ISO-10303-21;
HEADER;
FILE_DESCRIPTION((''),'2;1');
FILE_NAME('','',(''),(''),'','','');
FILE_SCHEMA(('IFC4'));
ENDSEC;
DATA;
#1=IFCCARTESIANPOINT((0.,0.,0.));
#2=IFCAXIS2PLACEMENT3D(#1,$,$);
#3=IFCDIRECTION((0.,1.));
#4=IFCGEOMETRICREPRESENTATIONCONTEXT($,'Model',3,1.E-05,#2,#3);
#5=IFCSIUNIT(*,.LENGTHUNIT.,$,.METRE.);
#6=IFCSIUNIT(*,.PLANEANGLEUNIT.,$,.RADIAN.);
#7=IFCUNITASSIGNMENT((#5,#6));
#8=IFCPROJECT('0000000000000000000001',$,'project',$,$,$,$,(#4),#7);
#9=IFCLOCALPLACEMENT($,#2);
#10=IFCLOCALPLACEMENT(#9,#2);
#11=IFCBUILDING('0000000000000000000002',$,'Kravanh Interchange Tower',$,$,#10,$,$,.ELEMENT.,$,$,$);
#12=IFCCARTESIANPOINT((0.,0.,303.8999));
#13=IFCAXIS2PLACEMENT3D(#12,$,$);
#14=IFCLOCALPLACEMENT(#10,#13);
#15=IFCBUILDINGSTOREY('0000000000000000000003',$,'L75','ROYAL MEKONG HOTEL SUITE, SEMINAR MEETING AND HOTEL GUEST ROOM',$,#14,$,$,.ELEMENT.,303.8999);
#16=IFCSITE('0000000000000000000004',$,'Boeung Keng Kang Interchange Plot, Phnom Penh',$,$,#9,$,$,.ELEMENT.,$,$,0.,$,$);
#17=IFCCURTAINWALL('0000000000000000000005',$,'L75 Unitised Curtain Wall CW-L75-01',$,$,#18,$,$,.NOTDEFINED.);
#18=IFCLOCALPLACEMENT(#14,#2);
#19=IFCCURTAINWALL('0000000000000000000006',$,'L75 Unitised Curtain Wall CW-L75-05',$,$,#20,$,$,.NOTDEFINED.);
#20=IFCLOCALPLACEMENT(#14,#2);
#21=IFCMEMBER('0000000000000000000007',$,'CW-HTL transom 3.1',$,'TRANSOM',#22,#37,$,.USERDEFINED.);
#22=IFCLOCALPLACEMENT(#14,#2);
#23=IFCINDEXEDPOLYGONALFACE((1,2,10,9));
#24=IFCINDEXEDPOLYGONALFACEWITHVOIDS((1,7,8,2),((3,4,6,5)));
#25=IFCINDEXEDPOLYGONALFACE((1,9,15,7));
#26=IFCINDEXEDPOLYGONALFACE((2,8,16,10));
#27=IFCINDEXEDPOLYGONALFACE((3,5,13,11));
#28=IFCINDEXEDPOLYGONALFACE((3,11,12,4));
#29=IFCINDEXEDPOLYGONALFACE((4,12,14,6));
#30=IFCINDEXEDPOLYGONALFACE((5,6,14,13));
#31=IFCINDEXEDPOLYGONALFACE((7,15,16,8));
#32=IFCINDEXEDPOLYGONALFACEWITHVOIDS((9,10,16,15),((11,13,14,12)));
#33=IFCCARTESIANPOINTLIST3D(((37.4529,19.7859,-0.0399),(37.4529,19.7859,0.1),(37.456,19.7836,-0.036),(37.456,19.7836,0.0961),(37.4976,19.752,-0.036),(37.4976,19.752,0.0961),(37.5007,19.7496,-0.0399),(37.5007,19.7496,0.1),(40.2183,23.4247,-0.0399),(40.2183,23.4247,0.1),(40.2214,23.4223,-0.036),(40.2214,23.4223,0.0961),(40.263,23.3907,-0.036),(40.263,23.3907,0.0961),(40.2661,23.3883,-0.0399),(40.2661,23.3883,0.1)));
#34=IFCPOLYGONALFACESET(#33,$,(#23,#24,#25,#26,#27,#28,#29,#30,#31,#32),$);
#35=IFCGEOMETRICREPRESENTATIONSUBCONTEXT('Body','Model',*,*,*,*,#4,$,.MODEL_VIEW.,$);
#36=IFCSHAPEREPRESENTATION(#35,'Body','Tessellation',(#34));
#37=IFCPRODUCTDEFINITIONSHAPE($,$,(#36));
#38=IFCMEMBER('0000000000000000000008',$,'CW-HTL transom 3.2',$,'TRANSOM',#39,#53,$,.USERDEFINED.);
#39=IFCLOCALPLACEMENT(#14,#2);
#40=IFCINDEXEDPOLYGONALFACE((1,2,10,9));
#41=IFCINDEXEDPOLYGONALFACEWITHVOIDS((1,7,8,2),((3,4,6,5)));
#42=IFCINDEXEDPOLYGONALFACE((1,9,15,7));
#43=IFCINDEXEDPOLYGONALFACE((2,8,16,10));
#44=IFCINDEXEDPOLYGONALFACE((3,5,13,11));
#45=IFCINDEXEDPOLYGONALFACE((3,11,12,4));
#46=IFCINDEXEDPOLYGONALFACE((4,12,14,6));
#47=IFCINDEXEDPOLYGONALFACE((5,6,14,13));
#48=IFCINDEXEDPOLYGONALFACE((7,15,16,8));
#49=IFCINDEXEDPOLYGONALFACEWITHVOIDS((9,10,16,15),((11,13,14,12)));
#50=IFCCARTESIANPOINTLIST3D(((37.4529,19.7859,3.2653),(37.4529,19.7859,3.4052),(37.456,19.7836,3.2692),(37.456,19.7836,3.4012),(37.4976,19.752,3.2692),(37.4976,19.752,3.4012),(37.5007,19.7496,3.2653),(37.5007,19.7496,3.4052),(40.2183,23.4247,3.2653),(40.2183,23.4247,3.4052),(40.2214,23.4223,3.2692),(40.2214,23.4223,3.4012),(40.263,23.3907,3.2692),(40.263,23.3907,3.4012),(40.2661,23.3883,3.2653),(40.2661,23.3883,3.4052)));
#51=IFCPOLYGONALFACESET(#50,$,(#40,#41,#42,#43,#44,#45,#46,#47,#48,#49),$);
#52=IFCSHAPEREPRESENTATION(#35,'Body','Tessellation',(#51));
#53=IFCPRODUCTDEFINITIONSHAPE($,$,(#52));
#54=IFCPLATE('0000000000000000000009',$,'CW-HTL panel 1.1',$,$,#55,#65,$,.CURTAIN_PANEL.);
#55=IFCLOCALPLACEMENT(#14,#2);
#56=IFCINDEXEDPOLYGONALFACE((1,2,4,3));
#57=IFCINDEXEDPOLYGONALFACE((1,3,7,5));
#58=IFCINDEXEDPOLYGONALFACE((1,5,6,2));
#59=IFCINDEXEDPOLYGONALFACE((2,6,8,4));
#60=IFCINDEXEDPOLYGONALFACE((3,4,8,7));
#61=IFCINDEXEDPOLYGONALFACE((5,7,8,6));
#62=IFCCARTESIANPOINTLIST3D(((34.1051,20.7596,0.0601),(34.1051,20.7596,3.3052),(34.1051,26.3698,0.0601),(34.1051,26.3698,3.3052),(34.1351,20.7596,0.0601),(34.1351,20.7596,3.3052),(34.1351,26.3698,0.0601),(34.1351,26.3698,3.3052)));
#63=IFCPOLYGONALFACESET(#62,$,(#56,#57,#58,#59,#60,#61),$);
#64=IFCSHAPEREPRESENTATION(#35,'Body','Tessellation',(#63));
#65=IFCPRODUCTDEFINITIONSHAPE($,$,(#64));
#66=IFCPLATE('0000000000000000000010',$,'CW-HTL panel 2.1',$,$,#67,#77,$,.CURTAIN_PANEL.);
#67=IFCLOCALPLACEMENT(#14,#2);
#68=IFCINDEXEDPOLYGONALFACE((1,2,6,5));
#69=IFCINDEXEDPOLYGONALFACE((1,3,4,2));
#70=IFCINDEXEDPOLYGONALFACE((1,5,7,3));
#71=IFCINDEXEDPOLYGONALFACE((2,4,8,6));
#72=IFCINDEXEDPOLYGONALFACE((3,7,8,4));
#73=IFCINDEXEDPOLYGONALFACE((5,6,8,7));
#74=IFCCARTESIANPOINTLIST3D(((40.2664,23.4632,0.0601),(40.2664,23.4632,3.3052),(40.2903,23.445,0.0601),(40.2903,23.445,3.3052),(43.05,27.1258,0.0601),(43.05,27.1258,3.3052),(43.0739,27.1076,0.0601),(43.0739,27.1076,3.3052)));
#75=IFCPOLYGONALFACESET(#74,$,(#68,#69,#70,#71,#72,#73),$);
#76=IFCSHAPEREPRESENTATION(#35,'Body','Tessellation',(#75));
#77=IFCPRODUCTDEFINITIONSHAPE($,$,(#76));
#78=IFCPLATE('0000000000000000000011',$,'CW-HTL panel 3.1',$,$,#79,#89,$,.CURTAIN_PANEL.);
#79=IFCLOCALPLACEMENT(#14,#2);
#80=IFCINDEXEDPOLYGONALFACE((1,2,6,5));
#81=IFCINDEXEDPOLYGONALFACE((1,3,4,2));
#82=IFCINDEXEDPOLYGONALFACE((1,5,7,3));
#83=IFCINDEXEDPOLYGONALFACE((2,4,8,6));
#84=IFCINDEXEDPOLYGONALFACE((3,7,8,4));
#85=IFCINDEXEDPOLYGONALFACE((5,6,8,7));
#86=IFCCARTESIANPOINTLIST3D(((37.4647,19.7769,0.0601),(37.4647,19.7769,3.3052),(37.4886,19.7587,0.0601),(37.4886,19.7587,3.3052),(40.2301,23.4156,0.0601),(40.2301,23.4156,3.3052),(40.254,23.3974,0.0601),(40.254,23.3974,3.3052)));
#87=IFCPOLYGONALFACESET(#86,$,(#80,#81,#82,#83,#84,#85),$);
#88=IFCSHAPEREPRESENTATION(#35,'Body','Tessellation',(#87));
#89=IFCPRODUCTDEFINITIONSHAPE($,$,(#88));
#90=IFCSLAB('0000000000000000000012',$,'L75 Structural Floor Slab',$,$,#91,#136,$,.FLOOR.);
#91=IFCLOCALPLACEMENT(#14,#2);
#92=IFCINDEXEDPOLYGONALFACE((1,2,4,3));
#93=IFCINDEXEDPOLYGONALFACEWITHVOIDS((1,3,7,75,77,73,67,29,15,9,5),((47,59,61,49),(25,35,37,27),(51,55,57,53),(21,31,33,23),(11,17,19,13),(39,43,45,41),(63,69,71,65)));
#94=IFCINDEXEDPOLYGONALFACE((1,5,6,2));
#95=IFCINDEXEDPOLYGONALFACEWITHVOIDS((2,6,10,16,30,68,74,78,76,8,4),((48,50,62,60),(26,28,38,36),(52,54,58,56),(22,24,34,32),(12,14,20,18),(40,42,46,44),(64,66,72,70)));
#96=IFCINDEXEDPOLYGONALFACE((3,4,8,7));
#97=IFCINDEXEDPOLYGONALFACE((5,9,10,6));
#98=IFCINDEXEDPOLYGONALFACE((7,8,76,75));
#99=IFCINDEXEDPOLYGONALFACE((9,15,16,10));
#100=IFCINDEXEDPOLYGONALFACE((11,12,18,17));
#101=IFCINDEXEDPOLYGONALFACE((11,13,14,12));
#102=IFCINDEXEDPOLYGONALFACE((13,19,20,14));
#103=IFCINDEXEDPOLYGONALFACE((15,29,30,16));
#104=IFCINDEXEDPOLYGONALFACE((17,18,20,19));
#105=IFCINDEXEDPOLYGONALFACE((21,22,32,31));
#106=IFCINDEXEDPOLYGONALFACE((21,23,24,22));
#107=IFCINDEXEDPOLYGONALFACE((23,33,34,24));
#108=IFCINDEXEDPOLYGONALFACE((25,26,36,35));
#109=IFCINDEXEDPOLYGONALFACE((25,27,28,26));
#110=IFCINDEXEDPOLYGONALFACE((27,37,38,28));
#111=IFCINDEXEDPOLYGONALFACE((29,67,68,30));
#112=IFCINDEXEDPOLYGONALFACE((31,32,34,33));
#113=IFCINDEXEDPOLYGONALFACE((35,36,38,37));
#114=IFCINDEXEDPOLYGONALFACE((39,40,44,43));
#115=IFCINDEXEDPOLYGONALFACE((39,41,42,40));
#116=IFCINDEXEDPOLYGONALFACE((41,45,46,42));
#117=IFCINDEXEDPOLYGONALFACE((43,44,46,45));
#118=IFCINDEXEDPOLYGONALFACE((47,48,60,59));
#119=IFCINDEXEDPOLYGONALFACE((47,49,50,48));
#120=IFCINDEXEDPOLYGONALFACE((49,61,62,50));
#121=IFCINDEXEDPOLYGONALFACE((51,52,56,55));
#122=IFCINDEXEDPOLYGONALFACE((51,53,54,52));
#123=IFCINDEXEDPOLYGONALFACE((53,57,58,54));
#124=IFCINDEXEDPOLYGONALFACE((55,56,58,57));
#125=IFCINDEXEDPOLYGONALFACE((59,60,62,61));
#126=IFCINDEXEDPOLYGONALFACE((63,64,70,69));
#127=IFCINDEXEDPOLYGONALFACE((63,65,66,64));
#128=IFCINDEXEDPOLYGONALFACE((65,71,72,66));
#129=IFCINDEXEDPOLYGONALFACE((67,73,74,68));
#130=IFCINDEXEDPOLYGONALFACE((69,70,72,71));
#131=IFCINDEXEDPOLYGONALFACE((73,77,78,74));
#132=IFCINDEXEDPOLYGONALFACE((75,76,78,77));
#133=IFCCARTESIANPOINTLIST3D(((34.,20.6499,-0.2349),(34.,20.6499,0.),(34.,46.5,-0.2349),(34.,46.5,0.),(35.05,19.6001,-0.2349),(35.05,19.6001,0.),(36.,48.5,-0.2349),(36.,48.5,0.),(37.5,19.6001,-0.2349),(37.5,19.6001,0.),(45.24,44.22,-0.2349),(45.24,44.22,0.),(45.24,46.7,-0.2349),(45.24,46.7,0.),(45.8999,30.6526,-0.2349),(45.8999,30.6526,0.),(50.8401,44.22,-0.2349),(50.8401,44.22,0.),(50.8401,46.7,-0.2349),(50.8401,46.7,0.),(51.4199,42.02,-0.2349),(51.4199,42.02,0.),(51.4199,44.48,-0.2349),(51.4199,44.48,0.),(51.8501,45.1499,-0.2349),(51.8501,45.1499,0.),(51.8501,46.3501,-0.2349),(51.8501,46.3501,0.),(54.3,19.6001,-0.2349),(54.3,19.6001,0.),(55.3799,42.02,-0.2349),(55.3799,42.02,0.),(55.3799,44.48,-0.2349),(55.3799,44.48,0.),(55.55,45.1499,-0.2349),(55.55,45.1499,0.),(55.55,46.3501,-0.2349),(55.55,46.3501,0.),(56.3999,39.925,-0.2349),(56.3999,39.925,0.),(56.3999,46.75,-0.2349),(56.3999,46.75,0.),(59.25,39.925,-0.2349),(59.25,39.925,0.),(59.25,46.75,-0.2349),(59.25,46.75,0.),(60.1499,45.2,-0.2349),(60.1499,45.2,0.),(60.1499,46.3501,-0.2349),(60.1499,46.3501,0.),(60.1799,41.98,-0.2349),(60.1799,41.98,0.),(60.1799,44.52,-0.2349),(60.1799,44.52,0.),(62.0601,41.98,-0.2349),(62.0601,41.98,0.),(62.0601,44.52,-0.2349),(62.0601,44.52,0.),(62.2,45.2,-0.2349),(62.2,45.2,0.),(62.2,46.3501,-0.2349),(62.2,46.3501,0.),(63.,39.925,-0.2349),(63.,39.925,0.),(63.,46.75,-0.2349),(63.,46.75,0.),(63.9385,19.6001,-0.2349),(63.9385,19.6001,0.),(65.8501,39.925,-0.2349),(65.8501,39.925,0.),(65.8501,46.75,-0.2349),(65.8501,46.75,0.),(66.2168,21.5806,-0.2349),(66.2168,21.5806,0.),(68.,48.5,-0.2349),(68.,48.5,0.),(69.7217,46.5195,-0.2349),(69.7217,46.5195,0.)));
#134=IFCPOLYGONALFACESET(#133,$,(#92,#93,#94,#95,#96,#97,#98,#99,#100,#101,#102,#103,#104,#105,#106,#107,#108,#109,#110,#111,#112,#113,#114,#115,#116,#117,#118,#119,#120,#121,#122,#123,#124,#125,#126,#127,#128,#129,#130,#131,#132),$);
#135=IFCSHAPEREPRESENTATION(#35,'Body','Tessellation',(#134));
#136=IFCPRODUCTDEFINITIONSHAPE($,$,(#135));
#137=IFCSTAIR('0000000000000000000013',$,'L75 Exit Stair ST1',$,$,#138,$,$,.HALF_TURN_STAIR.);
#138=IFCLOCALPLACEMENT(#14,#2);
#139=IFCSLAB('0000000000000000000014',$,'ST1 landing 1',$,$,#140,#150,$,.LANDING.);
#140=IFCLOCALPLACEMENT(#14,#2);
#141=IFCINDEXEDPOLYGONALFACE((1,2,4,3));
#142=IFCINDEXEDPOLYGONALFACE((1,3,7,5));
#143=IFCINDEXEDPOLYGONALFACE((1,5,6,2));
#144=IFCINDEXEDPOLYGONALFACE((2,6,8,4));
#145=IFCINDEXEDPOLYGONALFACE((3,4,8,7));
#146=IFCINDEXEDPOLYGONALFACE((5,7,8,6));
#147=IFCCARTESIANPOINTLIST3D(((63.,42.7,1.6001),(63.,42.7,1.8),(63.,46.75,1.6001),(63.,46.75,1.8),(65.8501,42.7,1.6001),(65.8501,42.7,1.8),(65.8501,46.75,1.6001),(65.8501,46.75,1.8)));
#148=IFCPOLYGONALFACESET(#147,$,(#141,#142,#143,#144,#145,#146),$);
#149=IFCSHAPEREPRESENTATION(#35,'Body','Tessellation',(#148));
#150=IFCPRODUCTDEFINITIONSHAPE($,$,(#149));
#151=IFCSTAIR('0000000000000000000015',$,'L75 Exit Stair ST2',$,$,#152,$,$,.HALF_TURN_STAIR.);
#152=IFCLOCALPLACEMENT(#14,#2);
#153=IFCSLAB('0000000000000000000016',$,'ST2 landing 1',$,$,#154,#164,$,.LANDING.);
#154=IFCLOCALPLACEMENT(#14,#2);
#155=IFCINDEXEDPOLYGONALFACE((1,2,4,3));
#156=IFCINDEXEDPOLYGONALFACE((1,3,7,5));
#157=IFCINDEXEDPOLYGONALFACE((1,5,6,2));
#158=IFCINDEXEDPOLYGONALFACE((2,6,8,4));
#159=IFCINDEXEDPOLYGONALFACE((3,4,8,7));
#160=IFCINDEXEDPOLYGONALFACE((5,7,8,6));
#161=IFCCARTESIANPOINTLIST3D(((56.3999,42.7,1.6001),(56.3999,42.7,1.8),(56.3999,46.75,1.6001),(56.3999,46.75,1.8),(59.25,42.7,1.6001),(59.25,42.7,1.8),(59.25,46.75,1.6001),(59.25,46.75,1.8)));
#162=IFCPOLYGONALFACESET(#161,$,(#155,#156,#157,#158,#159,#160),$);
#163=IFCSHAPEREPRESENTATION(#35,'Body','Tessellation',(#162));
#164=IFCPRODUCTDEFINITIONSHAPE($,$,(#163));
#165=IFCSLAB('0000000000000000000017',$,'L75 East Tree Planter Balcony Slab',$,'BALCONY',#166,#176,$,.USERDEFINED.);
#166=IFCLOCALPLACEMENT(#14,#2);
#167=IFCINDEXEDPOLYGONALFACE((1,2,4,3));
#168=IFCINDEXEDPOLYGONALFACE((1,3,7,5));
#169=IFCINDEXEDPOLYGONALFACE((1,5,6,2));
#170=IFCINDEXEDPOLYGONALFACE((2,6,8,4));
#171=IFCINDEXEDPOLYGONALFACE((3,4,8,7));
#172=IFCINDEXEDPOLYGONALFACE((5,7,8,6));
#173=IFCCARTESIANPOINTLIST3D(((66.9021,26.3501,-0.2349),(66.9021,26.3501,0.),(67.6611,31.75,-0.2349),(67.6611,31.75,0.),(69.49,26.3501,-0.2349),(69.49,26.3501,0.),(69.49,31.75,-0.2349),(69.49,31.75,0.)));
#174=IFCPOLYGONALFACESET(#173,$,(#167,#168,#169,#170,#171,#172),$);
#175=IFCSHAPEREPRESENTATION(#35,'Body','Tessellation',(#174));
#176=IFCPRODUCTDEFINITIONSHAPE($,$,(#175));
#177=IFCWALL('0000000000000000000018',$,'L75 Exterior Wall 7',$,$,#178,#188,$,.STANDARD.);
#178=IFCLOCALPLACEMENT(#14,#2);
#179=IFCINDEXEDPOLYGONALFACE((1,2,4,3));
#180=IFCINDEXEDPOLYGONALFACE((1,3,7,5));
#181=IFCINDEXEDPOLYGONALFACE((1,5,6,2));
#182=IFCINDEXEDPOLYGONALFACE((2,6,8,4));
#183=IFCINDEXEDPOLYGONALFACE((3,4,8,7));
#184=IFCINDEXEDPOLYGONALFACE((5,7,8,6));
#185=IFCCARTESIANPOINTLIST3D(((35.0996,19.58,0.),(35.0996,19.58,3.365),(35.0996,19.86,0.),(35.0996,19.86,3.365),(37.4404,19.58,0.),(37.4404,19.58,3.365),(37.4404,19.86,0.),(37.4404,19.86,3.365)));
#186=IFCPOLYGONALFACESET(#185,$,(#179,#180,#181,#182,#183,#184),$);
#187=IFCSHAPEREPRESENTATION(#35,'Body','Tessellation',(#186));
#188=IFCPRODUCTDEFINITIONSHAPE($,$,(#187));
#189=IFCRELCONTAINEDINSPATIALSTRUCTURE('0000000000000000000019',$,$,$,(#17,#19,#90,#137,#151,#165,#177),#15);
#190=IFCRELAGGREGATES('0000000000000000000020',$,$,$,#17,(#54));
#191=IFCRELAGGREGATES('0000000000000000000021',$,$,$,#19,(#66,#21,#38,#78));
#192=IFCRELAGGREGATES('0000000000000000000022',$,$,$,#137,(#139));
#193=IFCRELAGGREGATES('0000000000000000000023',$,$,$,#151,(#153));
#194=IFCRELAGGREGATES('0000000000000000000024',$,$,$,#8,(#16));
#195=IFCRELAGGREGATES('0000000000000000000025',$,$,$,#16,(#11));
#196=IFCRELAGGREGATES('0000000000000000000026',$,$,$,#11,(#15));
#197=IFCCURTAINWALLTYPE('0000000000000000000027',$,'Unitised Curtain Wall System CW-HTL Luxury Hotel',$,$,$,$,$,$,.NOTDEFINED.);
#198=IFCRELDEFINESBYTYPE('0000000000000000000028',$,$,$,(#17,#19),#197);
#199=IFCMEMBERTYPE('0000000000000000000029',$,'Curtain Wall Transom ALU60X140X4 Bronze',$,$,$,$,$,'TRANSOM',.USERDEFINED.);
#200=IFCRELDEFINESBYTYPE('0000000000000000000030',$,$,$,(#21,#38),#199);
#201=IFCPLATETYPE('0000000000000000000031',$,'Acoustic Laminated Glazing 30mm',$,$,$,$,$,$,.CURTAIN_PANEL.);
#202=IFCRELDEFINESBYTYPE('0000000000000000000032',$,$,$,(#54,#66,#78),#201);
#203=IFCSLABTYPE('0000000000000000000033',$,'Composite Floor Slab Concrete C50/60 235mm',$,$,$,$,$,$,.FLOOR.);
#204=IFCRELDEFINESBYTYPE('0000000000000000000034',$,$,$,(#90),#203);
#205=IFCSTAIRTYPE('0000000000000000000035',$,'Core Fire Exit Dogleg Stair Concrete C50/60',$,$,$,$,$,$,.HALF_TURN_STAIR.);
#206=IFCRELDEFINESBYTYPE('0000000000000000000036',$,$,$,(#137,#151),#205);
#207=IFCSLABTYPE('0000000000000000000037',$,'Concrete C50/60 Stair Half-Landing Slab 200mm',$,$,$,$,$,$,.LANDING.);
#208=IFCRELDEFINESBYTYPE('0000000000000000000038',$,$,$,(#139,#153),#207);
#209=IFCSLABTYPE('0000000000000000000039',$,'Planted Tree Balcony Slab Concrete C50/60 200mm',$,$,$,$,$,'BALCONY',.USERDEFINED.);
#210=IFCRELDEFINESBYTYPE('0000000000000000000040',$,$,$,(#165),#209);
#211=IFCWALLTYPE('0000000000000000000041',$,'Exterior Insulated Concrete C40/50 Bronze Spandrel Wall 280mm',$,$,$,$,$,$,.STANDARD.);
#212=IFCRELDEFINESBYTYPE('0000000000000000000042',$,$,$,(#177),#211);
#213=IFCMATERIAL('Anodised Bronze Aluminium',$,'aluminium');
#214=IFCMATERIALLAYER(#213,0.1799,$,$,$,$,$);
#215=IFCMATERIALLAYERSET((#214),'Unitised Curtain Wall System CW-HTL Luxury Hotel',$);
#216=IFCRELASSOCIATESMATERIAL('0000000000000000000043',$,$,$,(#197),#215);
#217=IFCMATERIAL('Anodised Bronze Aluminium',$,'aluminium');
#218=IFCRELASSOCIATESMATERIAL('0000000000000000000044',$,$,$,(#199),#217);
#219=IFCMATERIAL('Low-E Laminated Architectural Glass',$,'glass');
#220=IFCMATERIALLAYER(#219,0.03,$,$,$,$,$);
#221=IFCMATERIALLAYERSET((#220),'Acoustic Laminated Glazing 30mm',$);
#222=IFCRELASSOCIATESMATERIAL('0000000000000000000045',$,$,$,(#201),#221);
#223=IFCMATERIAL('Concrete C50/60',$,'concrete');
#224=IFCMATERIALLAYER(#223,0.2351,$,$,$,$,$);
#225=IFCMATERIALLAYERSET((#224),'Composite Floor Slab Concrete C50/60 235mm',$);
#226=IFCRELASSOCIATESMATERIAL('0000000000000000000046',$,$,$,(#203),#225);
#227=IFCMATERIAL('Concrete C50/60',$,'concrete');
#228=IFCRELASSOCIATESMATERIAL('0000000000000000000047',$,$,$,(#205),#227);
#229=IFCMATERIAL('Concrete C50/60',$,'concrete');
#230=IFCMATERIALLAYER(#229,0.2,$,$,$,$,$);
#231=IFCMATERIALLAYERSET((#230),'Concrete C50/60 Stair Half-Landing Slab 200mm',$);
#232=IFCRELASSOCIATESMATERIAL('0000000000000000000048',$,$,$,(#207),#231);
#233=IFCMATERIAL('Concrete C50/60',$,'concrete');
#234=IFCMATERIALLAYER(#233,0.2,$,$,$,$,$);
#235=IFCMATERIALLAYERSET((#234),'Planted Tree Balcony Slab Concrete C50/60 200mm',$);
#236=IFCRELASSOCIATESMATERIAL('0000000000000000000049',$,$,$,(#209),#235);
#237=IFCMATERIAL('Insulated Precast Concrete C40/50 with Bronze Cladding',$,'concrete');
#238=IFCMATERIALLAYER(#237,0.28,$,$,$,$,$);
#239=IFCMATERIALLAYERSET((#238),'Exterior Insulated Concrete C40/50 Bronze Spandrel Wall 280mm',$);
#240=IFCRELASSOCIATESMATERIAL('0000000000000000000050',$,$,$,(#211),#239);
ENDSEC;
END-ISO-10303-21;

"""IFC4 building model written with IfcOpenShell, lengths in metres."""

from ifc_helpers import new_model, si_unit, direction, frame, frame_2d, origin, origin_2d, place, context, subcontext, project, spatial, polyline, rectangle, hollow_rectangle, outline, extrude, material, layer, layer_set, material_profile, profile_set, type_object, element, aggregate, save


model = new_model("IFC4")

# Units and contexts
model_context = context("Model", 3, precision=1e-05, world=origin(), true_north=direction((0.0, 1.0)))
body_context = subcontext(model_context, "Body", "Model", "MODEL_VIEW")
ifc_project = project(units=[si_unit("LENGTHUNIT", "METRE"), si_unit("PLANEANGLEUNIT", "RADIAN")], contexts=[model_context])

# Site, building, storey
site_placement = place(None, origin())
site = spatial("IfcSite", under=ifc_project, at=site_placement, Name="Boeung Keng Kang Interchange Plot, Phnom Penh", CompositionType="ELEMENT", RefElevation=0.0)
building_placement = place(site_placement, origin())
building = spatial("IfcBuilding", under=site, at=building_placement, Name="Kravanh Interchange Tower", CompositionType="ELEMENT")
storey_placement = place(building_placement, frame((0.0, 0.0, 303.8999)))
storey = spatial("IfcBuildingStorey", under=building, at=storey_placement, Name="L75", Description="ROYAL MEKONG HOTEL SUITE, SEMINAR MEETING AND HOTEL GUEST ROOM", CompositionType="ELEMENT", Elevation=303.8999)

# Curtain walls
ifc_material_1 = material(Name="Anodised Bronze Aluminium", Category="aluminium")
ifc_layer_1 = layer(ifc_material_1, 0.1799)
ifc_layer_set_1 = layer_set([ifc_layer_1], Name="Unitised Curtain Wall System CW-HTL Luxury Hotel")
curtain_wall_type = type_object("IfcCurtainWallType", Name="Unitised Curtain Wall System CW-HTL Luxury Hotel", PredefinedType="NOTDEFINED", material=ifc_layer_set_1)
curtain_wall_1_placement = place(storey_placement, origin())
curtain_wall_1 = element("IfcCurtainWall", 1, at=curtain_wall_1_placement, inside=storey, type_object=curtain_wall_type, Name="L75 Unitised Curtain Wall CW-L75-01", PredefinedType="NOTDEFINED")
curtain_wall_2_placement = place(storey_placement, origin())
curtain_wall_2 = element("IfcCurtainWall", 2, at=curtain_wall_2_placement, inside=storey, type_object=curtain_wall_type, Name="L75 Unitised Curtain Wall CW-L75-05", PredefinedType="NOTDEFINED")

# Members
ifc_material_2 = material(Name="Anodised Bronze Aluminium", Category="aluminium")
ifc_material_profile_1 = material_profile(ifc_material_2, hollow_rectangle(XDim=0.0601, YDim=0.1399, WallThickness=0.0039, at=origin_2d()), Name="ALU60X140X4")
ifc_profile_set_1 = profile_set([ifc_material_profile_1], Name="Anodised Bronze Aluminium")
member_type_1 = type_object("IfcMemberType", Name="Curtain Wall Transom ALU60X140X4 Bronze", ElementType="TRANSOM", PredefinedType="USERDEFINED", material=ifc_profile_set_1)
member_1_placement = place(storey_placement, frame((40.2422, 23.4065, 0.03), z_axis=(-0.605082, -0.796163, 0.0), x_axis=(0.796163, -0.605082, 0.0)))
member_1 = element("IfcMember", 3, at=member_1_placement, type_object=member_type_1, Name="CW-HTL transom 3.1", ObjectType="TRANSOM", PredefinedType="USERDEFINED", context=body_context, shape_type="SweptSolid", body=[
    extrude(hollow_rectangle(XDim=0.0601, YDim=0.1399, WallThickness=0.0039, at=origin_2d()), origin(), (0.0, 0.0, 1.0), 4.5703),
])
member_2_placement = place(storey_placement, frame((40.2422, 23.4065, 3.3352), z_axis=(-0.605082, -0.796163, 0.0), x_axis=(0.796163, -0.605082, 0.0)))
member_2 = element("IfcMember", 4, at=member_2_placement, type_object=member_type_1, Name="CW-HTL transom 3.2", ObjectType="TRANSOM", PredefinedType="USERDEFINED", context=body_context, shape_type="SweptSolid", body=[
    extrude(hollow_rectangle(XDim=0.0601, YDim=0.1399, WallThickness=0.0039, at=origin_2d()), origin(), (0.0, 0.0, 1.0), 4.5703),
])

# Plates
ifc_material_3 = material(Name="Low-E Laminated Architectural Glass", Category="glass")
ifc_layer_2 = layer(ifc_material_3, 0.03)
ifc_layer_set_2 = layer_set([ifc_layer_2], Name="Acoustic Laminated Glazing 30mm")
plate_type = type_object("IfcPlateType", Name="Acoustic Laminated Glazing 30mm", PredefinedType="CURTAIN_PANEL", material=ifc_layer_set_2)
plate_1_placement = place(storey_placement, frame((34.1201, 23.5647, 0.0601), z_axis=(0.0, 0.0, 1.0), x_axis=(0.0, 1.0, 0.0)))
plate_1 = element("IfcPlate", 5, at=plate_1_placement, type_object=plate_type, Name="CW-HTL panel 1.1", PredefinedType="CURTAIN_PANEL", context=body_context, shape_type="SweptSolid", body=[
    extrude(rectangle(XDim=5.6101, YDim=0.03, at=origin_2d()), origin(), (0.0, 0.0, 1.0), 3.2451),
])
aggregate(curtain_wall_1, [plate_1])
plate_2_placement = place(storey_placement, frame((41.6702, 25.2854, 0.0601), z_axis=(0.0, 0.0, 1.0), x_axis=(-0.605084, -0.796162, 0.0)))
plate_2 = element("IfcPlate", 6, at=plate_2_placement, type_object=plate_type, Name="CW-HTL panel 2.1", PredefinedType="CURTAIN_PANEL", context=body_context, shape_type="SweptSolid", body=[
    extrude(rectangle(XDim=4.6003, YDim=0.03, at=origin_2d()), origin(), (0.0, 0.0, 1.0), 3.2451),
])
plate_3_placement = place(storey_placement, frame((38.8594, 21.5872, 0.0601), z_axis=(0.0, 0.0, 1.0), x_axis=(-0.605084, -0.796162, 0.0)))
plate_3 = element("IfcPlate", 7, at=plate_3_placement, type_object=plate_type, Name="CW-HTL panel 3.1", PredefinedType="CURTAIN_PANEL", context=body_context, shape_type="SweptSolid", body=[
    extrude(rectangle(XDim=4.5703, YDim=0.03, at=origin_2d()), origin(), (0.0, 0.0, 1.0), 3.2451),
])
aggregate(curtain_wall_2, [plate_2, member_1, member_2, plate_3])

# Slab
ifc_material_4 = material(Name="Concrete C50/60", Category="concrete")
ifc_layer_3 = layer(ifc_material_4, 0.2351)
ifc_layer_set_3 = layer_set([ifc_layer_3], Name="Composite Floor Slab Concrete C50/60 235mm")
slab_type_1 = type_object("IfcSlabType", Name="Composite Floor Slab Concrete C50/60 235mm", PredefinedType="FLOOR", material=ifc_layer_set_3)
slab_1_placement = place(storey_placement, frame((0.0, 0.0, -0.2349)))
element("IfcSlab", 8, at=slab_1_placement, inside=storey, type_object=slab_type_1, Name="L75 Structural Floor Slab", PredefinedType="FLOOR", context=body_context, shape_type="SweptSolid", body=[
    extrude(outline(polyline([(34.0, 20.6499), (35.05, 19.6001), (37.5, 19.6001), (45.8999, 30.6526), (54.3, 19.6001), (63.9385, 19.6001), (66.2168, 21.5806), (69.7217, 46.5195), (68.0, 48.5), (36.0, 48.5), (34.0, 46.5), (34.0, 20.6499)]), holes=[polyline([(65.8501, 39.925), (65.8501, 46.75), (63.0, 46.75), (63.0, 39.925), (65.8501, 39.925)]), polyline([(59.25, 39.925), (59.25, 46.75), (56.3999, 46.75), (56.3999, 39.925), (59.25, 39.925)]), polyline([(45.24, 44.22), (50.8401, 44.22), (50.8401, 46.7), (45.24, 46.7), (45.24, 44.22)]), polyline([(51.4199, 42.02), (55.3799, 42.02), (55.3799, 44.48), (51.4199, 44.48), (51.4199, 42.02)]), polyline([(60.1799, 41.98), (62.0601, 41.98), (62.0601, 44.52), (60.1799, 44.52), (60.1799, 41.98)]), polyline([(60.1499, 45.2), (62.2, 45.2), (62.2, 46.3501), (60.1499, 46.3501), (60.1499, 45.2)]), polyline([(51.8501, 45.1499), (55.55, 45.1499), (55.55, 46.3501), (51.8501, 46.3501), (51.8501, 45.1499)])]), origin(), (0.0, 0.0, 1.0), 0.2349),
])

# Stairs, slabs
ifc_material_5 = material(Name="Concrete C50/60", Category="concrete")
stair_type = type_object("IfcStairType", Name="Core Fire Exit Dogleg Stair Concrete C50/60", PredefinedType="HALF_TURN_STAIR", material=ifc_material_5)
stair_1_placement = place(storey_placement, origin())
stair_1 = element("IfcStair", 9, at=stair_1_placement, inside=storey, type_object=stair_type, Name="L75 Exit Stair ST1", PredefinedType="HALF_TURN_STAIR")
ifc_material_6 = material(Name="Concrete C50/60", Category="concrete")
ifc_layer_4 = layer(ifc_material_6, 0.2)
ifc_layer_set_4 = layer_set([ifc_layer_4], Name="Concrete C50/60 Stair Half-Landing Slab 200mm")
slab_type_2 = type_object("IfcSlabType", Name="Concrete C50/60 Stair Half-Landing Slab 200mm", PredefinedType="LANDING", material=ifc_layer_set_4)
slab_2_placement = place(storey_placement, frame((0.0, 0.0, 1.6001)))
slab_2 = element("IfcSlab", 10, at=slab_2_placement, type_object=slab_type_2, Name="ST1 landing 1", PredefinedType="LANDING", context=body_context, shape_type="SweptSolid", body=[
    extrude(outline(polyline([(65.8501, 42.7), (65.8501, 46.75), (63.0, 46.75), (63.0, 42.7), (65.8501, 42.7)])), origin(), (0.0, 0.0, 1.0), 0.2),
])
aggregate(stair_1, [slab_2])
stair_2_placement = place(storey_placement, origin())
stair_2 = element("IfcStair", 11, at=stair_2_placement, inside=storey, type_object=stair_type, Name="L75 Exit Stair ST2", PredefinedType="HALF_TURN_STAIR")
slab_3_placement = place(storey_placement, frame((0.0, 0.0, 1.6001)))
slab_3 = element("IfcSlab", 12, at=slab_3_placement, type_object=slab_type_2, Name="ST2 landing 1", PredefinedType="LANDING", context=body_context, shape_type="SweptSolid", body=[
    extrude(outline(polyline([(59.25, 42.7), (59.25, 46.75), (56.3999, 46.75), (56.3999, 42.7), (59.25, 42.7)])), origin(), (0.0, 0.0, 1.0), 0.2),
])
aggregate(stair_2, [slab_3])

# Slab
ifc_material_7 = material(Name="Concrete C50/60", Category="concrete")
ifc_layer_5 = layer(ifc_material_7, 0.2)
ifc_layer_set_5 = layer_set([ifc_layer_5], Name="Planted Tree Balcony Slab Concrete C50/60 200mm")
slab_type_3 = type_object("IfcSlabType", Name="Planted Tree Balcony Slab Concrete C50/60 200mm", ElementType="BALCONY", PredefinedType="USERDEFINED", material=ifc_layer_set_5)
slab_4_placement = place(storey_placement, frame((0.0, 0.0, -0.2349)))
element("IfcSlab", 13, at=slab_4_placement, inside=storey, type_object=slab_type_3, Name="L75 East Tree Planter Balcony Slab", ObjectType="BALCONY", PredefinedType="USERDEFINED", context=body_context, shape_type="SweptSolid", body=[
    extrude(outline(polyline([(69.49, 31.75), (69.49, 26.3501), (66.9021, 26.3501), (67.6611, 31.75), (69.49, 31.75)])), origin(), (0.0, 0.0, 1.0), 0.2349),
])

# Wall
ifc_material_8 = material(Name="Insulated Precast Concrete C40/50 with Bronze Cladding", Category="concrete")
ifc_layer_6 = layer(ifc_material_8, 0.28)
ifc_layer_set_6 = layer_set([ifc_layer_6], Name="Exterior Insulated Concrete C40/50 Bronze Spandrel Wall 280mm")
wall_type = type_object("IfcWallType", Name="Exterior Insulated Concrete C40/50 Bronze Spandrel Wall 280mm", PredefinedType="STANDARD", material=ifc_layer_set_6)
wall_1_placement = place(storey_placement, frame((37.4404, 19.72, 0.0), z_axis=(0.0, 0.0, 1.0), x_axis=(-1.0, 0.0, 0.0)))
element("IfcWall", 14, at=wall_1_placement, inside=storey, type_object=wall_type, Name="L75 Exterior Wall 7", PredefinedType="STANDARD", context=body_context, shape_type="SweptSolid", body=[
    extrude(rectangle(XDim=2.3408, YDim=0.28, at=frame_2d((1.1704, 0.0))), origin(), (0.0, 0.0, 1.0), 3.365),
])

save(model, "model.ifc")
